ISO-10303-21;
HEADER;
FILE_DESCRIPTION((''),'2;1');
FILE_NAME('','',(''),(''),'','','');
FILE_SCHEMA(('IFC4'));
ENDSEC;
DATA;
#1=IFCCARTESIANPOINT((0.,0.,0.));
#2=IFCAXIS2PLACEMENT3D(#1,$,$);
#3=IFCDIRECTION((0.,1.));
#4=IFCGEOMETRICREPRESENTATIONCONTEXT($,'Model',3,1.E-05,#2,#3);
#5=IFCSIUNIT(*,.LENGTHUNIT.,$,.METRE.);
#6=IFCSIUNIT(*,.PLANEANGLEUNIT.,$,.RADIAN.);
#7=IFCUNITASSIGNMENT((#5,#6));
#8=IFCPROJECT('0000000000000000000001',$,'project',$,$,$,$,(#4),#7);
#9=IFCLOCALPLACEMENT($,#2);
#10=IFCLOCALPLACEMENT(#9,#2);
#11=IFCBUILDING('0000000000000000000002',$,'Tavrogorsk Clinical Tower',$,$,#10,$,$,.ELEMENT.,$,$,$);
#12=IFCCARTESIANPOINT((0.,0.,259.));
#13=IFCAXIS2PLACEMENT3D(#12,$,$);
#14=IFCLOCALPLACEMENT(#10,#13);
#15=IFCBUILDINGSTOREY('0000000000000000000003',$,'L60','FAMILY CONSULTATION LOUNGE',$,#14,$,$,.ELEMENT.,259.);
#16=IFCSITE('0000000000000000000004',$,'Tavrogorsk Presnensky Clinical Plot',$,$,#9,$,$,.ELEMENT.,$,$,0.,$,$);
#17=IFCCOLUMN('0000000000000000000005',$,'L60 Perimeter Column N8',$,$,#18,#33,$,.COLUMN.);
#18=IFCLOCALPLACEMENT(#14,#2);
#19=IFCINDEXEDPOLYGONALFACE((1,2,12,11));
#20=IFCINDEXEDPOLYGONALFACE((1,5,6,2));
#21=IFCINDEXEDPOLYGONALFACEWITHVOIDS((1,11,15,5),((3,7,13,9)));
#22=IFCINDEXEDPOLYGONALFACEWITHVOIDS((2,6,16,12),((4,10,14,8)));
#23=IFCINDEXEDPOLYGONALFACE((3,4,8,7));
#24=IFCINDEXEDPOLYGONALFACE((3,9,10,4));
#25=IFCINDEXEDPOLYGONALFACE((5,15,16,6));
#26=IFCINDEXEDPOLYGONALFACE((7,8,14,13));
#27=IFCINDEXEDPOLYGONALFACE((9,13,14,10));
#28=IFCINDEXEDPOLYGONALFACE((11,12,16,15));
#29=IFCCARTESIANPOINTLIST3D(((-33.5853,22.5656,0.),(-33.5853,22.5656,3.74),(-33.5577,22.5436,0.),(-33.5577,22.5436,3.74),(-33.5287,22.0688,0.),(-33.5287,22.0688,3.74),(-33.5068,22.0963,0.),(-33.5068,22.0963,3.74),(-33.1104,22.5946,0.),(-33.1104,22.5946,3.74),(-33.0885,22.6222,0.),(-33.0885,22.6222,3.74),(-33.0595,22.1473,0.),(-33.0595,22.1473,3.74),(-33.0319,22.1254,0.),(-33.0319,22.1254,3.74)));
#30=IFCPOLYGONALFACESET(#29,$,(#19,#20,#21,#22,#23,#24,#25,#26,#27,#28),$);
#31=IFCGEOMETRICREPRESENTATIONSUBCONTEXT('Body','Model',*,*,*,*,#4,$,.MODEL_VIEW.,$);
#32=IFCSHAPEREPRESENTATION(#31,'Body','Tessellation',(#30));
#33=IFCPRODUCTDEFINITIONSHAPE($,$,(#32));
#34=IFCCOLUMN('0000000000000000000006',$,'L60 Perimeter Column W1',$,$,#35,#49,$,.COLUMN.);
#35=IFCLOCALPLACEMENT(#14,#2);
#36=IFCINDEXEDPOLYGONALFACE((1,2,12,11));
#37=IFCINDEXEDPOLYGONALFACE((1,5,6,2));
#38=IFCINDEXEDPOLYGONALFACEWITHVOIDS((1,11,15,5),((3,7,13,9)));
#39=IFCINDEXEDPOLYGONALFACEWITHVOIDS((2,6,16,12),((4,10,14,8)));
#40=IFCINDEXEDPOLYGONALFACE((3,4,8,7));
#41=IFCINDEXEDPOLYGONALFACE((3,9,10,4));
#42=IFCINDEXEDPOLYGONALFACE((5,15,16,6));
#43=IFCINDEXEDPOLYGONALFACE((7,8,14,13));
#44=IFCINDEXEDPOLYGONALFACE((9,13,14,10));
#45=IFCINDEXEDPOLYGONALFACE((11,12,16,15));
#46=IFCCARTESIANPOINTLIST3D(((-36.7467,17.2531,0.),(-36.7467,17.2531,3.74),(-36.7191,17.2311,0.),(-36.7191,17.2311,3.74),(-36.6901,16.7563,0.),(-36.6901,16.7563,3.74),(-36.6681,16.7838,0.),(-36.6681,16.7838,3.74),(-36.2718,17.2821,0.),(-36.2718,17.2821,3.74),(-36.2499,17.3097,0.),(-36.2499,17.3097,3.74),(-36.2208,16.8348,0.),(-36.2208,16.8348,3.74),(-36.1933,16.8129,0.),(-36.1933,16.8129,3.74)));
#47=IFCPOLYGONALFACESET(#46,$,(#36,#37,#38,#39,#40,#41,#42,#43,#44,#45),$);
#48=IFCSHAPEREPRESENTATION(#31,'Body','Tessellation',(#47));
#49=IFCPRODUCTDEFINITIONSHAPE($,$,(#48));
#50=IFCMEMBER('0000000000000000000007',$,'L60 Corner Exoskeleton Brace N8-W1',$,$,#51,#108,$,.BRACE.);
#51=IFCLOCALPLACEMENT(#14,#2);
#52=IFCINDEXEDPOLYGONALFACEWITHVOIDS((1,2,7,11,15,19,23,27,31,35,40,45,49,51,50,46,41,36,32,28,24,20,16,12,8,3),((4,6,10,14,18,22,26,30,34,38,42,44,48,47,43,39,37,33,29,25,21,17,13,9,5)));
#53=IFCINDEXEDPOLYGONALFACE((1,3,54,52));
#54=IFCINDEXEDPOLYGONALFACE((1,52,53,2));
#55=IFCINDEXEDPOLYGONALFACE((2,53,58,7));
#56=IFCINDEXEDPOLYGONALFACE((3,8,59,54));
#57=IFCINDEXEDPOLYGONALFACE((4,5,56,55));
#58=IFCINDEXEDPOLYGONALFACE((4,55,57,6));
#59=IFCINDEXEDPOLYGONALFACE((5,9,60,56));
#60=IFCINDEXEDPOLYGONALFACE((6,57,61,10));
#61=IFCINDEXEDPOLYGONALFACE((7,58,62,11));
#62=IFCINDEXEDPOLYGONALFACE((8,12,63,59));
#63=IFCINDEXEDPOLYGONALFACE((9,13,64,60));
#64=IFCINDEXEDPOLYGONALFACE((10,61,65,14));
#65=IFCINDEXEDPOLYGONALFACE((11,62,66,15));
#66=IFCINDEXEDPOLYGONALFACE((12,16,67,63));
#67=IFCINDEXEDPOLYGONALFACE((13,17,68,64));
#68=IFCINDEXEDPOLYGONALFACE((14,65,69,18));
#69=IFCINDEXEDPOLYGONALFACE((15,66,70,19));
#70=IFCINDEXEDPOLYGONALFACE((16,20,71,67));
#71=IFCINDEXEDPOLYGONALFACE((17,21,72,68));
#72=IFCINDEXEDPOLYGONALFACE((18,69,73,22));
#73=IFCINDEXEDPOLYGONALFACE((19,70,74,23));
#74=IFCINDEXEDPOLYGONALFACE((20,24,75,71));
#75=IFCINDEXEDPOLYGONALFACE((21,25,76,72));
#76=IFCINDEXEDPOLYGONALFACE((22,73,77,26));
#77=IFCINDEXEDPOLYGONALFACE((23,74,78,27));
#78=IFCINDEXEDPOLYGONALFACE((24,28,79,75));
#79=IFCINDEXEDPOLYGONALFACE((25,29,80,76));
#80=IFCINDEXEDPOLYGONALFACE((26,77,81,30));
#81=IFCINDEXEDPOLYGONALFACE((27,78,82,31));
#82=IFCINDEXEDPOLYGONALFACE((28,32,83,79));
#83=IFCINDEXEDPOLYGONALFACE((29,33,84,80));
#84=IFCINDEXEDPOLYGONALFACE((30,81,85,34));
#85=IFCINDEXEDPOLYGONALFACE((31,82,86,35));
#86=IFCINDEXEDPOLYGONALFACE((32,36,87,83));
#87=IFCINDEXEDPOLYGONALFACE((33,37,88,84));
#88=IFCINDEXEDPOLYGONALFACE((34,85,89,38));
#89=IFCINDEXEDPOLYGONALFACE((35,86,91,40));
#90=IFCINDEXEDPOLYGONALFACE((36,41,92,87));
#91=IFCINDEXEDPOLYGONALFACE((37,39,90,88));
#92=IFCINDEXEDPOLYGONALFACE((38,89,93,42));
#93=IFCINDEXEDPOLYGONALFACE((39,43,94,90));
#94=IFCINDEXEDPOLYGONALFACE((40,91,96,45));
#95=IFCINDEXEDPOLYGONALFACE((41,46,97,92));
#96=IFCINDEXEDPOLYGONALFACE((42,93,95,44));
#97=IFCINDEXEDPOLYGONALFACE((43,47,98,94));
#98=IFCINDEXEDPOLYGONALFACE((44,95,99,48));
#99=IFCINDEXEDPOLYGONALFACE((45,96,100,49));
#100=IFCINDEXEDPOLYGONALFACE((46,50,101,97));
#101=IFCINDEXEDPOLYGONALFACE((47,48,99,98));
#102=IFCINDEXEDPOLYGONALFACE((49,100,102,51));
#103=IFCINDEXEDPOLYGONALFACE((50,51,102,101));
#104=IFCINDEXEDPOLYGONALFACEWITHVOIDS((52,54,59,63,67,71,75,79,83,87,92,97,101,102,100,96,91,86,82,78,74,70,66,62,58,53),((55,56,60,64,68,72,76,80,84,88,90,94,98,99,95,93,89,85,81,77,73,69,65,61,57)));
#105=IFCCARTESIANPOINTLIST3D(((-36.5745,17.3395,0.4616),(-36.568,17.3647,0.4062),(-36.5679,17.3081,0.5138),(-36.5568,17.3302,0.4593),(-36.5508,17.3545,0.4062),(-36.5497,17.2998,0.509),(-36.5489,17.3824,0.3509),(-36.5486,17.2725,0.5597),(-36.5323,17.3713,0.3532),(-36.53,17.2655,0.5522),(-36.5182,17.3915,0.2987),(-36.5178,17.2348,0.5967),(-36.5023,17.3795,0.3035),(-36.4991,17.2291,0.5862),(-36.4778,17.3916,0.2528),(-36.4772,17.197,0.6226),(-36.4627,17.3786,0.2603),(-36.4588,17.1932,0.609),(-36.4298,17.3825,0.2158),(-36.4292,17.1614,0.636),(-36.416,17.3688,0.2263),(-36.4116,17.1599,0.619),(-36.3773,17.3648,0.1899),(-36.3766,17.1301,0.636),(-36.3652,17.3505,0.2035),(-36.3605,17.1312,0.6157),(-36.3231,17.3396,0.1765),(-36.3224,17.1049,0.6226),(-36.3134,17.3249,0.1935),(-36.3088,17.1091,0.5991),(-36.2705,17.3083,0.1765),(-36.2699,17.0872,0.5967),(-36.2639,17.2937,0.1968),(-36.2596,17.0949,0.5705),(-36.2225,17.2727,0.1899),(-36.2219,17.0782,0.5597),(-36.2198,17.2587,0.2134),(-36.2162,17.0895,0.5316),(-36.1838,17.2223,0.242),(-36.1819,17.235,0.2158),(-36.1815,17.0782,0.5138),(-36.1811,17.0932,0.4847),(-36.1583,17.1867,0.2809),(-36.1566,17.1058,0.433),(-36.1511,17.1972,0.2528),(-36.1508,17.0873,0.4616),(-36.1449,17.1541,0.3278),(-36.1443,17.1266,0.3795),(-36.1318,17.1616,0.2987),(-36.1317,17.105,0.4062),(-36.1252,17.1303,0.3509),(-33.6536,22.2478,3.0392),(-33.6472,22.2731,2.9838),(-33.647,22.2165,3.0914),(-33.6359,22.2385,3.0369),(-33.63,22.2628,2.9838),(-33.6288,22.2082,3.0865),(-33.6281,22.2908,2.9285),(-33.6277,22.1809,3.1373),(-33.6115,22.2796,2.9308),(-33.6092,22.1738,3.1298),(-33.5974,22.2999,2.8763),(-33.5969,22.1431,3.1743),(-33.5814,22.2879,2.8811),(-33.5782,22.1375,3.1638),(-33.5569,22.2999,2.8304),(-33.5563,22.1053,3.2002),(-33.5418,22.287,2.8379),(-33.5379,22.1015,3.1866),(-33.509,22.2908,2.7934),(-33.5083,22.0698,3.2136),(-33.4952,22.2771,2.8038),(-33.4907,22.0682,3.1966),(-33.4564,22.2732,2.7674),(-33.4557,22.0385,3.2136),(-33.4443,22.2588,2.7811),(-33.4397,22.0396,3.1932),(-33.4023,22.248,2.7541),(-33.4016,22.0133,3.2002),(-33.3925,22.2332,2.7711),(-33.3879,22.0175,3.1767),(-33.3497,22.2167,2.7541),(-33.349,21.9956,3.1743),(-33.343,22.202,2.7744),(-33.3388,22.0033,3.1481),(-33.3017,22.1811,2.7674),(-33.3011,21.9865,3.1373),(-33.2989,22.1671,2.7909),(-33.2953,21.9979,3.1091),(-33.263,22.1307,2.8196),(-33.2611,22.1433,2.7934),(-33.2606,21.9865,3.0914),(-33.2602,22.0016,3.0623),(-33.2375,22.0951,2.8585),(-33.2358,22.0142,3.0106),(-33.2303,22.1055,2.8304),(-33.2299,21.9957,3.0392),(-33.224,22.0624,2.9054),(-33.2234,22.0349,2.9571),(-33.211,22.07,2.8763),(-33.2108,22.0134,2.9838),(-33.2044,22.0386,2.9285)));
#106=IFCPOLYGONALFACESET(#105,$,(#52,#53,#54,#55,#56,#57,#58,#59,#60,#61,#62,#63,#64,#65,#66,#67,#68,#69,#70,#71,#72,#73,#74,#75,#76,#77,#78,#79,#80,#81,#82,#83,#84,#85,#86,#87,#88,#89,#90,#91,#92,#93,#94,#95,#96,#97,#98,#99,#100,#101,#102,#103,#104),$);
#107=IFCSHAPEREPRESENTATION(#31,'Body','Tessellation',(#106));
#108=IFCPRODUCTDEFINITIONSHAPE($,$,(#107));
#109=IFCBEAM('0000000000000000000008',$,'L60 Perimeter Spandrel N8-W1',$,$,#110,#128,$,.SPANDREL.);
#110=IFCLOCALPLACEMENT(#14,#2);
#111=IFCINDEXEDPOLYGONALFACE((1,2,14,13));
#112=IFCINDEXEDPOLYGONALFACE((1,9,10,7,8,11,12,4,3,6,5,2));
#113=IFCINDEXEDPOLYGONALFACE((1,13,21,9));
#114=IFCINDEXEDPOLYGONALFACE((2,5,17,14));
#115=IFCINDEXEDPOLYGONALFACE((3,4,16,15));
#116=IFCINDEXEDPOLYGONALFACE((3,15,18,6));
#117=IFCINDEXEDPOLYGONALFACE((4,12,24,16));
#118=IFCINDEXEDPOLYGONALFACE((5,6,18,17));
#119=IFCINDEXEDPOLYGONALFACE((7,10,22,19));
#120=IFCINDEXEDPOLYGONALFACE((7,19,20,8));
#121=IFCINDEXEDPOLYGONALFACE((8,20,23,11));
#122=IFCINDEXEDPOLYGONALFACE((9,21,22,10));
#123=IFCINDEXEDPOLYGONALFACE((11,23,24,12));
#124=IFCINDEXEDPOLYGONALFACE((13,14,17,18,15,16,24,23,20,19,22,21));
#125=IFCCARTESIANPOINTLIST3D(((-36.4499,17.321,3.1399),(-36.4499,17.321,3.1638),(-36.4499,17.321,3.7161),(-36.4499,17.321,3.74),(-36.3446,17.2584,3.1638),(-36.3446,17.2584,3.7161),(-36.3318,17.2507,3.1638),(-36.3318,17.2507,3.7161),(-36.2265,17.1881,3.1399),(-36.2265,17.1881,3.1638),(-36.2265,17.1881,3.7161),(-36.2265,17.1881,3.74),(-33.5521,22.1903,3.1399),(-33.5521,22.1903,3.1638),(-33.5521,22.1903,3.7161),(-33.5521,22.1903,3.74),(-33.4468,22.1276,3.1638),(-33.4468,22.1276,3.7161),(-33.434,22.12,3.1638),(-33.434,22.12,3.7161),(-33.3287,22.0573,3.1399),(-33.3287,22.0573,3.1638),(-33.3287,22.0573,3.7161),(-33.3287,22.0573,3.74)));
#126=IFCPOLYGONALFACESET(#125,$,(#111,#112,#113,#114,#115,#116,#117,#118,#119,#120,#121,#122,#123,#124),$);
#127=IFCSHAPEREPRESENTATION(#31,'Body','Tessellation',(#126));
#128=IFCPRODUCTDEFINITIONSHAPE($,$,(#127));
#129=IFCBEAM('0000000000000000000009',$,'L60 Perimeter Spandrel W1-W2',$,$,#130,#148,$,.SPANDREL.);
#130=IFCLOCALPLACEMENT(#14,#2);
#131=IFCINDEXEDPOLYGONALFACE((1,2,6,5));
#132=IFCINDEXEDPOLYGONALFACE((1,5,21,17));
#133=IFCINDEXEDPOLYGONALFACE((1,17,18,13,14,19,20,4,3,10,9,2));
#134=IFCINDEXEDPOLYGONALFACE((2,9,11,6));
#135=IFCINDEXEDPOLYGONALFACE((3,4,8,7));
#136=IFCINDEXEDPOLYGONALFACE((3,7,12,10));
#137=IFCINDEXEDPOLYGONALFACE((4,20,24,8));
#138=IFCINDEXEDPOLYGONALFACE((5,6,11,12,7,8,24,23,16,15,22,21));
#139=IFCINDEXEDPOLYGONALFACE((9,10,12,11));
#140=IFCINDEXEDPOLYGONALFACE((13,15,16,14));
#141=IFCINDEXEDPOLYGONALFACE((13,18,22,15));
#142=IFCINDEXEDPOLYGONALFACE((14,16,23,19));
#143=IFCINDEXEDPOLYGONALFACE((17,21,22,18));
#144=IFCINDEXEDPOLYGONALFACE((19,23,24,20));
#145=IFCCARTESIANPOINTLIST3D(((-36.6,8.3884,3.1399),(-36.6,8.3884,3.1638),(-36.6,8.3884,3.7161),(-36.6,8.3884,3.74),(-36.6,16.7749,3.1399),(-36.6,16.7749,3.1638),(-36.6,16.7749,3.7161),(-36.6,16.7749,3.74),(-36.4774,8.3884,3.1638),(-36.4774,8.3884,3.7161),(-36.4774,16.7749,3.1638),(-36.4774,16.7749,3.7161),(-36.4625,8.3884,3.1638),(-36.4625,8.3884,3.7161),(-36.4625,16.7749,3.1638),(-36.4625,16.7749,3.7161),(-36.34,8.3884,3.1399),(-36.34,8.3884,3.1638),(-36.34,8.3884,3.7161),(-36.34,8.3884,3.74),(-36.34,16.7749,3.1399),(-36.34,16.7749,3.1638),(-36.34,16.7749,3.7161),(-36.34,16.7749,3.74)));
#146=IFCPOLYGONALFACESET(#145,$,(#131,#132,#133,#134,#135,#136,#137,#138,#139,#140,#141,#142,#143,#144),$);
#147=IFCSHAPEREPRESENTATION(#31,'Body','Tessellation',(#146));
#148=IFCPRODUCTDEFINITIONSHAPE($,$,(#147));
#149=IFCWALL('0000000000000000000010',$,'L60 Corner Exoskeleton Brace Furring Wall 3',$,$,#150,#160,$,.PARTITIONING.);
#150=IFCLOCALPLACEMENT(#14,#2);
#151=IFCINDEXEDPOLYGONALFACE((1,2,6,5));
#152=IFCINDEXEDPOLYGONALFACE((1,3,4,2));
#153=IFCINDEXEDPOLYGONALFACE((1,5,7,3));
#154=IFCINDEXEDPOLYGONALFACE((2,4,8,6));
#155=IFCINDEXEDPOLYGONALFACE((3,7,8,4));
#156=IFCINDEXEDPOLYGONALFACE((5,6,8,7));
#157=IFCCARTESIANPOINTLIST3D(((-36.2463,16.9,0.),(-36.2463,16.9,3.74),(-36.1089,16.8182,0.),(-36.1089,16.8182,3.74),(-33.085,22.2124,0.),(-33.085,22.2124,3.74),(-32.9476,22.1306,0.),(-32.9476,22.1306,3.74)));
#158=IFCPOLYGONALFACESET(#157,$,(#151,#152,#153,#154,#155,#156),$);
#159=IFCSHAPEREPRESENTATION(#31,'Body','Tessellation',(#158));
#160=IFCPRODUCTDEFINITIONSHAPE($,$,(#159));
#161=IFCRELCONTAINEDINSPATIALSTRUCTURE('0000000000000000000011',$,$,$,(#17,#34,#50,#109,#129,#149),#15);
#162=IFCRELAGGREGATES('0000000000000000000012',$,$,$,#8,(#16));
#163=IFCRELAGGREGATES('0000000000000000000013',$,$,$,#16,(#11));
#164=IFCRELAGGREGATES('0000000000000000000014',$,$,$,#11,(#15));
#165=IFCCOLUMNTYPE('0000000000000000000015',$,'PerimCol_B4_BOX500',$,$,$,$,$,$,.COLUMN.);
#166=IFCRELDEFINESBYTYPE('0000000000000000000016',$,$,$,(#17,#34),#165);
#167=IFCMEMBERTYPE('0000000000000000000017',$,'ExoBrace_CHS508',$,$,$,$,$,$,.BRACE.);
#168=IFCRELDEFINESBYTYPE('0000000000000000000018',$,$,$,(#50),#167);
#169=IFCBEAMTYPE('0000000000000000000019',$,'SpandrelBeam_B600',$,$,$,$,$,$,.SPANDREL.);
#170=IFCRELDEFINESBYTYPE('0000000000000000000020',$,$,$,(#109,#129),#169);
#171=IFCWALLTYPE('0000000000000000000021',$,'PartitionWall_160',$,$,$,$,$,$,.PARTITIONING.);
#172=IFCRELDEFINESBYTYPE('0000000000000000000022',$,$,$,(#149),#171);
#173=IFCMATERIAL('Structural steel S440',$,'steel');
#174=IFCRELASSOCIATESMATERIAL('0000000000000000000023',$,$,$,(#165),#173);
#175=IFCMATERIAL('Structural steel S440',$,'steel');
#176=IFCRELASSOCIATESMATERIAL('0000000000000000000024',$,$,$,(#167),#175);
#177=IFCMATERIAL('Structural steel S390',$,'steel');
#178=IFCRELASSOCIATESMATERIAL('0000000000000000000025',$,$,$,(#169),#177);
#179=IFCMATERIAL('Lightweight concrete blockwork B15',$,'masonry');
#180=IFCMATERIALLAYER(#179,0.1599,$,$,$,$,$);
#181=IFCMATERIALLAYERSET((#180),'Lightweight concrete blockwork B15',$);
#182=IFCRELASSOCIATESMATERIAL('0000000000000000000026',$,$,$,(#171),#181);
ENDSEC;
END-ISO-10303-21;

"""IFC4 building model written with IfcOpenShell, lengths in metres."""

from ifc_helpers import new_model, si_unit, direction, frame, frame_2d, origin, origin_2d, place, context, subcontext, project, spatial, rectangle, hollow_rectangle, hollow_circle, i_section, extrude, material, layer, layer_set, material_profile, profile_set, type_object, element, save


model = new_model("IFC4")

# Units and contexts
model_context = context("Model", 3, precision=1e-05, world=origin(), true_north=direction((0.0, 1.0)))
body_context = subcontext(model_context, "Body", "Model", "MODEL_VIEW")
ifc_project = project(units=[si_unit("LENGTHUNIT", "METRE"), si_unit("PLANEANGLEUNIT", "RADIAN")], contexts=[model_context])

# Site, building, storey
site_placement = place(None, origin())
site = spatial("IfcSite", under=ifc_project, at=site_placement, Name="Tavrogorsk Presnensky Clinical Plot", CompositionType="ELEMENT", RefElevation=0.0)
building_placement = place(site_placement, origin())
building = spatial("IfcBuilding", under=site, at=building_placement, Name="Tavrogorsk Clinical Tower", CompositionType="ELEMENT")
storey_placement = place(building_placement, frame((0.0, 0.0, 259.0)))
storey = spatial("IfcBuildingStorey", under=building, at=storey_placement, Name="L60", Description="FAMILY CONSULTATION LOUNGE", CompositionType="ELEMENT", Elevation=259.0)

# Columns
ifc_material_1 = material(Name="Structural steel S440", Category="steel")
ifc_material_profile_1 = material_profile(ifc_material_1, hollow_rectangle(XDim=0.5, YDim=0.5, WallThickness=0.0249, at=origin_2d()), Name="BOX-500x500x25")
ifc_profile_set_1 = profile_set([ifc_material_profile_1], Name="Structural steel S440")
column_type = type_object("IfcColumnType", Name="PerimCol_B4_BOX500", PredefinedType="COLUMN", material=ifc_profile_set_1)
for number, where, z_axis, x_axis, name in (
    (1, (-33.3086, 22.3455, 0.0), (0.0, 0.0, 1.0), (0.993572, 0.113203, 0.0), "L60 Perimeter Column N8"),
    (2, (-36.47, 17.033, 0.0), (0.0, 0.0, 1.0), (0.993572, 0.113203, 0.0), "L60 Perimeter Column W1"),
):
    element("IfcColumn", number, at=place(storey_placement, frame(where, z_axis=z_axis, x_axis=x_axis)), inside=storey, type_object=column_type, Name=name, PredefinedType="COLUMN", context=body_context, shape_type="SweptSolid", body=[
        extrude(hollow_rectangle(XDim=0.5, YDim=0.5, WallThickness=0.0249, at=origin_2d()), origin(), (0.0, 0.0, 1.0), 3.74),
    ])

# Member
ifc_material_2 = material(Name="Structural steel S440", Category="steel")
ifc_material_profile_2 = material_profile(ifc_material_2, hollow_circle(Radius=0.2539, WallThickness=0.02, at=origin_2d()), Name="CHS-508x20")
ifc_profile_set_2 = profile_set([ifc_material_profile_2], Name="Structural steel S440")
member_type = type_object("IfcMemberType", Name="ExoBrace_CHS508", PredefinedType="BRACE", material=ifc_profile_set_2)
member_placement = place(storey_placement, frame((-36.3499, 17.2349, 0.4062), z_axis=(0.466115, 0.783287, 0.411338), x_axis=(-0.859354, 0.511381, 0.0)))
element("IfcMember", 3, at=member_placement, inside=storey, type_object=member_type, Name="L60 Corner Exoskeleton Brace N8-W1", PredefinedType="BRACE", context=body_context, shape_type="SweptSolid", body=[
    extrude(hollow_circle(Radius=0.2539, WallThickness=0.02, at=origin_2d()), origin(), (0.0, 0.0, 1.0), 6.2664),
])

# Beams
ifc_material_3 = material(Name="Structural steel S390", Category="steel")
ifc_material_profile_3 = material_profile(ifc_material_3, i_section(OverallWidth=0.26, OverallDepth=0.6001, WebThickness=0.0149, FlangeThickness=0.0239, at=origin_2d()), Name="B-600x260x15x24")
ifc_profile_set_3 = profile_set([ifc_material_profile_3], Name="Structural steel S390")
beam_type = type_object("IfcBeamType", Name="SpandrelBeam_B600", PredefinedType="SPANDREL", material=ifc_profile_set_3)
beam_1_placement = place(storey_placement, frame((-33.4404, 22.1238, 3.4399), z_axis=(-0.511407, -0.859339, 0.0), x_axis=(0.859339, -0.511407, 0.0)))
element("IfcBeam", 4, at=beam_1_placement, inside=storey, type_object=beam_type, Name="L60 Perimeter Spandrel N8-W1", PredefinedType="SPANDREL", context=body_context, shape_type="SweptSolid", body=[
    extrude(i_section(OverallWidth=0.26, OverallDepth=0.6001, WebThickness=0.0149, FlangeThickness=0.0239, at=origin_2d()), origin(), (0.0, 0.0, 1.0), 5.6663),
])
beam_2_placement = place(storey_placement, frame((-36.47, 16.7749, 3.4399), z_axis=(0.0, -1.0, 0.0), x_axis=(1.0, 0.0, 0.0)))
element("IfcBeam", 5, at=beam_2_placement, inside=storey, type_object=beam_type, Name="L60 Perimeter Spandrel W1-W2", PredefinedType="SPANDREL", context=body_context, shape_type="SweptSolid", body=[
    extrude(i_section(OverallWidth=0.26, OverallDepth=0.6001, WebThickness=0.0149, FlangeThickness=0.0239, at=origin_2d()), origin(), (0.0, 0.0, 1.0), 8.3865),
])

# Wall
ifc_material_4 = material(Name="Lightweight concrete blockwork B15", Category="masonry")
ifc_layer_1 = layer(ifc_material_4, 0.1599)
ifc_layer_set_1 = layer_set([ifc_layer_1], Name="Lightweight concrete blockwork B15")
wall_type_1 = type_object("IfcWallType", Name="PartitionWall_160", PredefinedType="PARTITIONING", material=ifc_layer_set_1)
wall_1_placement = place(storey_placement, frame((-33.0164, 22.1714, 0.0), z_axis=(0.0, 0.0, 1.0), x_axis=(-0.511385, -0.859352, 0.0)))
element("IfcWall", 6, at=wall_1_placement, inside=storey, type_object=wall_type_1, Name="L60 Corner Exoskeleton Brace Furring Wall 3", PredefinedType="PARTITIONING", context=body_context, shape_type="SweptSolid", body=[
    extrude(rectangle(XDim=6.1819, YDim=0.1599, at=frame_2d((3.0908, 0.0))), origin(), (0.0, 0.0, 1.0), 3.74),
])

save(model, "model.ifc")
